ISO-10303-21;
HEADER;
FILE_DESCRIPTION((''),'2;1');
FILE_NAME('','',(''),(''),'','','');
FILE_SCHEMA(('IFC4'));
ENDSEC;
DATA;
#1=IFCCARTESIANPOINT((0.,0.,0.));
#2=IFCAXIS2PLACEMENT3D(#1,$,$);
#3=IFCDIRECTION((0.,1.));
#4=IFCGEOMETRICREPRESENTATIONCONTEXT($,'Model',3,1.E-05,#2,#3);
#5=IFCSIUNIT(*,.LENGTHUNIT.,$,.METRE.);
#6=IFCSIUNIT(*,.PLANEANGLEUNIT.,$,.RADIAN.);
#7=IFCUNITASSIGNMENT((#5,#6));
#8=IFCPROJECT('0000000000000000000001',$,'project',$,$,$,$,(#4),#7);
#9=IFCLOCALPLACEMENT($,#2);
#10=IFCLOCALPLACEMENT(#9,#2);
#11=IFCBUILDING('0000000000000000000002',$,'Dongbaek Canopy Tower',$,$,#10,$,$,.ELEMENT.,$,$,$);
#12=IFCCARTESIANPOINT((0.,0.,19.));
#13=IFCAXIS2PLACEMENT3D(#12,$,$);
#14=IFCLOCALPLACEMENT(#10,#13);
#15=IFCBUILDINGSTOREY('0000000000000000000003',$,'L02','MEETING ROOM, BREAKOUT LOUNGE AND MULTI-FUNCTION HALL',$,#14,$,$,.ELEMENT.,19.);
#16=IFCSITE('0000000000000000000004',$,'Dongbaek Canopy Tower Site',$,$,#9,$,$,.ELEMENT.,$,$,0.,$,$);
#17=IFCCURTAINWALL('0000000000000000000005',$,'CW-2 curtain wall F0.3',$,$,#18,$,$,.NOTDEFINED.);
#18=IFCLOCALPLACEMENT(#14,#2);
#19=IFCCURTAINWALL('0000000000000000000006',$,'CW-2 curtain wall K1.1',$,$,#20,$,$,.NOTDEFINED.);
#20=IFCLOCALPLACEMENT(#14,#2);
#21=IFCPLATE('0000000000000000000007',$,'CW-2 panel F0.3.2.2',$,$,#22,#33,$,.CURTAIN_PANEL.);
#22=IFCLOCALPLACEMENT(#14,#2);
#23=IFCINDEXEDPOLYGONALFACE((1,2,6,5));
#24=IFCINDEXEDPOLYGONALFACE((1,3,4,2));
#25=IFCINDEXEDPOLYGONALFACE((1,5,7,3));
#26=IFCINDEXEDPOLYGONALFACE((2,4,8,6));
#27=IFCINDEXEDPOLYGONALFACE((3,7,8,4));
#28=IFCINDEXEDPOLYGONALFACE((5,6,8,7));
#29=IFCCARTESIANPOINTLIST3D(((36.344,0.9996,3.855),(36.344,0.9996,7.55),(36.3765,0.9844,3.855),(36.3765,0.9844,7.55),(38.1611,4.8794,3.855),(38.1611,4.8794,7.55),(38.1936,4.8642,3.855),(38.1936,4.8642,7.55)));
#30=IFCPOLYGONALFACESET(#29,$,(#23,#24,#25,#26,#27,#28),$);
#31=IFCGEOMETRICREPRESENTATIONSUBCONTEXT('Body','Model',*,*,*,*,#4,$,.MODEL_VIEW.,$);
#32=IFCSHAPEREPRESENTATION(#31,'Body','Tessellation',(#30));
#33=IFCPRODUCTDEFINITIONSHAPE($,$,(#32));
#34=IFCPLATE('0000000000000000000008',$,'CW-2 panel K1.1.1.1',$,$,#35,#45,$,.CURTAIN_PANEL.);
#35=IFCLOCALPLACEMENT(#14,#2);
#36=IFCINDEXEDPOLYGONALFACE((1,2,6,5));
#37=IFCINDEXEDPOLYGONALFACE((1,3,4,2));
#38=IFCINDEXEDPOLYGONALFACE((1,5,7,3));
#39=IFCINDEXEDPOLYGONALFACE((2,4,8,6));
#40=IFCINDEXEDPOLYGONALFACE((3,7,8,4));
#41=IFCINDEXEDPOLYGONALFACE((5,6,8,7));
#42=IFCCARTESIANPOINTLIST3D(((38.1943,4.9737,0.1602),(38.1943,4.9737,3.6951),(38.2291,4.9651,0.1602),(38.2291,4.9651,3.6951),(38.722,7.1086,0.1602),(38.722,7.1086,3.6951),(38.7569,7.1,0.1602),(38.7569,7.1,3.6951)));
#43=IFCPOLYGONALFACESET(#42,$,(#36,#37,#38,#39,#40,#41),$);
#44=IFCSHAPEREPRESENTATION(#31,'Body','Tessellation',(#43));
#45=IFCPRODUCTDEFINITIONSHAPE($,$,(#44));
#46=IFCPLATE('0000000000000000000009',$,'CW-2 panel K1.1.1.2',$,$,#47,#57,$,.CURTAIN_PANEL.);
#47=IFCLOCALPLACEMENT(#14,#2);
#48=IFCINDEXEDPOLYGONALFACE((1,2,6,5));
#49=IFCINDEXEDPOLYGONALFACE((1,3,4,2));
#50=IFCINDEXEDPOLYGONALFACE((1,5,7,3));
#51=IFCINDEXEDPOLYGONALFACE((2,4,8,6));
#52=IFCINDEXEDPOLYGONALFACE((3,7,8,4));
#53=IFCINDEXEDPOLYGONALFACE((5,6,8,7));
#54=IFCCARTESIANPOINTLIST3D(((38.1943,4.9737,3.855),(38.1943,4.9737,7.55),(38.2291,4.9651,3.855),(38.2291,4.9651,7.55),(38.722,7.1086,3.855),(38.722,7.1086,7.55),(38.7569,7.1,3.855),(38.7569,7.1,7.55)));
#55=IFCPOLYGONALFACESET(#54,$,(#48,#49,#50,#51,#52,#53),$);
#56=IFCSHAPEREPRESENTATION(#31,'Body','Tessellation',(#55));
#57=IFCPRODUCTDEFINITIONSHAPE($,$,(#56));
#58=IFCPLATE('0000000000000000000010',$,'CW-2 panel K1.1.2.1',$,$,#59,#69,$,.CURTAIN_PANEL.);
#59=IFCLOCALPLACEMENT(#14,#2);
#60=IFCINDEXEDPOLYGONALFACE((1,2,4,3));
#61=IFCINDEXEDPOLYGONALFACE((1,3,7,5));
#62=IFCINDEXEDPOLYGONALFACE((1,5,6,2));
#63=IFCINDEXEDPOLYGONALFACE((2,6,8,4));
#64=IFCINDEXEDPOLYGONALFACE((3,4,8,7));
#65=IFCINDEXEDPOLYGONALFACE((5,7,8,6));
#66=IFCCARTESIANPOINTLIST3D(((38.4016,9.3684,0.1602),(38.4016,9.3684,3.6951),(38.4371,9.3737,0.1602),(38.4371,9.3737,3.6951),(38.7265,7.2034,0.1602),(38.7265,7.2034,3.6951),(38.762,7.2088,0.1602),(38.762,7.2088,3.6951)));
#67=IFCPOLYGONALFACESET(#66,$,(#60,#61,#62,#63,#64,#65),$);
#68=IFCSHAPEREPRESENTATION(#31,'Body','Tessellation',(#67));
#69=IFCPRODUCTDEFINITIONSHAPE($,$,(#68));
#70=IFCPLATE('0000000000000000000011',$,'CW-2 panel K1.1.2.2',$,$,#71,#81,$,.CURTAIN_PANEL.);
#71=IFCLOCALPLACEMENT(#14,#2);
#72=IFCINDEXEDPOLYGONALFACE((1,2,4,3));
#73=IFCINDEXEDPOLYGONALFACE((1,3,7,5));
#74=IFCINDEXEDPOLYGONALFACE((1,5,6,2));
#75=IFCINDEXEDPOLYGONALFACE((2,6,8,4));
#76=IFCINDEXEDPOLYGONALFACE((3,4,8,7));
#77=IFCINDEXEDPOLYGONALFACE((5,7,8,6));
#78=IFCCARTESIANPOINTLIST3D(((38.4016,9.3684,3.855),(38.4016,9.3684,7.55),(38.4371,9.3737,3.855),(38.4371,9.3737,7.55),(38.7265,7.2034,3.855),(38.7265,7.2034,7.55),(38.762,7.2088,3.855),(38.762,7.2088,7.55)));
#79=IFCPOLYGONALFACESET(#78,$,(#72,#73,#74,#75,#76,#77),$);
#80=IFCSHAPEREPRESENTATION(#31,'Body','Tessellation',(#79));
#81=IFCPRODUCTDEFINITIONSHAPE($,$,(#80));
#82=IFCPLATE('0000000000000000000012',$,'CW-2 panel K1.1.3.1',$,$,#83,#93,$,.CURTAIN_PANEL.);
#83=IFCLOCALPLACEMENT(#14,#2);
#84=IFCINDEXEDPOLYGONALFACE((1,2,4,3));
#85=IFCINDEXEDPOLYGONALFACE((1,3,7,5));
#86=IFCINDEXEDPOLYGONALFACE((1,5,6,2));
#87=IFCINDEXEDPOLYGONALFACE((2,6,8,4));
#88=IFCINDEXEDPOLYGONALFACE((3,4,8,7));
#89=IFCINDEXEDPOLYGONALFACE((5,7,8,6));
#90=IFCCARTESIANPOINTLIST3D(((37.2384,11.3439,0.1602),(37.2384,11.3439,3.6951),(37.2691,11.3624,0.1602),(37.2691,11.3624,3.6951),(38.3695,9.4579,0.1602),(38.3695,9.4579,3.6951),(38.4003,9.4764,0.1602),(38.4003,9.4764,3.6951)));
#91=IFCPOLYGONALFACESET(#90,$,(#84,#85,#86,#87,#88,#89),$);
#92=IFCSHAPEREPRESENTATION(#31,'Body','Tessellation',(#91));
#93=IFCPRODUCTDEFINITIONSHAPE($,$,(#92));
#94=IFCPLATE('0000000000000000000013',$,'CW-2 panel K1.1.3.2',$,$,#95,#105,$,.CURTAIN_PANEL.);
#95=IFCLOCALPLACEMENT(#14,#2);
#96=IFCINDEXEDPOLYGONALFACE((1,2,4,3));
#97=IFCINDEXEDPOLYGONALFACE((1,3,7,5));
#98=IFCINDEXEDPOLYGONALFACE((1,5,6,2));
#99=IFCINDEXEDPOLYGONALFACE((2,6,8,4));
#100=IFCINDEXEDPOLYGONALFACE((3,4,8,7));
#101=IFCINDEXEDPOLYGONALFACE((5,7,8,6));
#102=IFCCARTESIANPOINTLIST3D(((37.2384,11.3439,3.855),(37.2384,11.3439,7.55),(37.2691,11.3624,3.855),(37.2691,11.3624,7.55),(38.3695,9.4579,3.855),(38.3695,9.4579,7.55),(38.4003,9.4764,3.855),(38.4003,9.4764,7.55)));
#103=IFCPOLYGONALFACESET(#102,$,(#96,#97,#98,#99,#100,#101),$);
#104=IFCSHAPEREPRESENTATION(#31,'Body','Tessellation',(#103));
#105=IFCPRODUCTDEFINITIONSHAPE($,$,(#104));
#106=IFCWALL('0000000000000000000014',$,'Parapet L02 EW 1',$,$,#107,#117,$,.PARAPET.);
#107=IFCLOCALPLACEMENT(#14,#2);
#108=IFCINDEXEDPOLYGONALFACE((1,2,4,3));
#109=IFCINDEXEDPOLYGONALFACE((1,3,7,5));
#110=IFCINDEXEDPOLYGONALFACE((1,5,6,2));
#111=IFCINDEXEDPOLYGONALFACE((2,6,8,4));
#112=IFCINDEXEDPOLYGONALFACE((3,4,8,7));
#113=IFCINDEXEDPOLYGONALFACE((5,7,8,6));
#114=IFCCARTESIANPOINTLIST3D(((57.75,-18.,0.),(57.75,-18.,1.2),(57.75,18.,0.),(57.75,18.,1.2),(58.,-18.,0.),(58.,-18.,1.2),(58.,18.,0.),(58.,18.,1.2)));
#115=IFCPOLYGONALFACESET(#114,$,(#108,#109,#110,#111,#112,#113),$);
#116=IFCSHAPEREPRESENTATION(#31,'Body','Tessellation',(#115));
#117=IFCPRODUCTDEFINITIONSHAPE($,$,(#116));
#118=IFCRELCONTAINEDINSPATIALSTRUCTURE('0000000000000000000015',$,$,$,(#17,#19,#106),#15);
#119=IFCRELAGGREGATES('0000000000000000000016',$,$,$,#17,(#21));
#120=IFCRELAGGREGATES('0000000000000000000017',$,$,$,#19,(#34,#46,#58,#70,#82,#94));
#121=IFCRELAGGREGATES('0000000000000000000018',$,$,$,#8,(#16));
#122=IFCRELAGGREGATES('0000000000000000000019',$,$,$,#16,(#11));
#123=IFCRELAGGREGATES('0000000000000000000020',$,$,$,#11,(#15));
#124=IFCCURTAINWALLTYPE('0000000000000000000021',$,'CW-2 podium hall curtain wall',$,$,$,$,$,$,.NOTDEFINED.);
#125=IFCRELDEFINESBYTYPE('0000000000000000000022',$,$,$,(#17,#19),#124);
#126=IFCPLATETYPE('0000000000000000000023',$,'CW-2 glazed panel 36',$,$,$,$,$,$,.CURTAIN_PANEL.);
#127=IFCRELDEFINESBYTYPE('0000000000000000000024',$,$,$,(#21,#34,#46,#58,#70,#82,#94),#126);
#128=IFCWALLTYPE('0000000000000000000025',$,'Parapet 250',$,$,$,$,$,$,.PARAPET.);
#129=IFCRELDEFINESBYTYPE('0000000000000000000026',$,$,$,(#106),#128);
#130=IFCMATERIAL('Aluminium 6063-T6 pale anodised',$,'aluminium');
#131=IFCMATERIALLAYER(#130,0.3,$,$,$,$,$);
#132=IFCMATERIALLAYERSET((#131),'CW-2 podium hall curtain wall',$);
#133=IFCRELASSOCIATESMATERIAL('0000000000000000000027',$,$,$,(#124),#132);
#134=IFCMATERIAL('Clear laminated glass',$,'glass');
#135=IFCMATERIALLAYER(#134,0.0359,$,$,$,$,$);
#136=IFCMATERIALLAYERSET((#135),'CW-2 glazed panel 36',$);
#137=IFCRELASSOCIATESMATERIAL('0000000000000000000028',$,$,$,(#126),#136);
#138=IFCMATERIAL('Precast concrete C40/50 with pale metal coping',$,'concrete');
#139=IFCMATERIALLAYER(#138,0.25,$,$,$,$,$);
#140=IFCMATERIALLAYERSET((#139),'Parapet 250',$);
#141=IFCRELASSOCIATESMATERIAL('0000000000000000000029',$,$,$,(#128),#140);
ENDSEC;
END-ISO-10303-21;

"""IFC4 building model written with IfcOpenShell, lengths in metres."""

from ifc_helpers import new_model, si_unit, direction, frame, frame_2d, origin, origin_2d, place, context, subcontext, project, spatial, rectangle, extrude, material, layer, layer_set, type_object, element, aggregate, save


model = new_model("IFC4")

# Units and contexts
model_context = context("Model", 3, precision=1e-05, world=origin(), true_north=direction((0.0, 1.0)))
body_context = subcontext(model_context, "Body", "Model", "MODEL_VIEW")
ifc_project = project(units=[si_unit("LENGTHUNIT", "METRE"), si_unit("PLANEANGLEUNIT", "RADIAN")], contexts=[model_context])

# Site, building, storey
site_placement = place(None, origin())
site = spatial("IfcSite", under=ifc_project, at=site_placement, Name="Dongbaek Canopy Tower Site", CompositionType="ELEMENT", RefElevation=0.0)
building_placement = place(site_placement, origin())
building = spatial("IfcBuilding", under=site, at=building_placement, Name="Dongbaek Canopy Tower", CompositionType="ELEMENT")
storey_placement = place(building_placement, frame((0.0, 0.0, 19.0)))
storey = spatial("IfcBuildingStorey", under=building, at=storey_placement, Name="L02", Description="MEETING ROOM, BREAKOUT LOUNGE AND MULTI-FUNCTION HALL", CompositionType="ELEMENT", Elevation=19.0)

# Curtain wall
ifc_material_1 = material(Name="Aluminium 6063-T6 pale anodised", Category="aluminium")
ifc_layer_1 = layer(ifc_material_1, 0.3)
ifc_layer_set_1 = layer_set([ifc_layer_1], Name="CW-2 podium hall curtain wall")
curtain_wall_type = type_object("IfcCurtainWallType", Name="CW-2 podium hall curtain wall", PredefinedType="NOTDEFINED", material=ifc_layer_set_1)
curtain_wall_1_placement = place(storey_placement, origin())
curtain_wall_1 = element("IfcCurtainWall", 1, at=curtain_wall_1_placement, inside=storey, type_object=curtain_wall_type, Name="CW-2 curtain wall F0.3", PredefinedType="NOTDEFINED")

# Curtain wall
curtain_wall_2_placement = place(storey_placement, origin())
curtain_wall_2 = element("IfcCurtainWall", 2, at=curtain_wall_2_placement, inside=storey, type_object=curtain_wall_type, Name="CW-2 curtain wall K1.1", PredefinedType="NOTDEFINED")

# Plates
ifc_material_2 = material(Name="Clear laminated glass", Category="glass")
ifc_layer_2 = layer(ifc_material_2, 0.0359)
ifc_layer_set_2 = layer_set([ifc_layer_2], Name="CW-2 glazed panel 36")
plate_type = type_object("IfcPlateType", Name="CW-2 glazed panel 36", PredefinedType="CURTAIN_PANEL", material=ifc_layer_set_2)
plate_1_placement = place(storey_placement, frame((37.2688, 2.9319, 3.855), z_axis=(0.0, 0.0, 1.0), x_axis=(0.424123, 0.905605, 0.0)))
plate_1 = element("IfcPlate", 3, at=plate_1_placement, type_object=plate_type, Name="CW-2 panel F0.3.2.2", PredefinedType="CURTAIN_PANEL", context=body_context, shape_type="SweptSolid", body=[
    extrude(rectangle(XDim=4.2842, YDim=0.0359, at=origin_2d()), origin(), (0.0, 0.0, 1.0), 3.6951),
])
aggregate(curtain_wall_1, [plate_1])
plate_2_placement = place(storey_placement, frame((38.4756, 6.0369, 0.1602), z_axis=(0.0, 0.0, 1.0), x_axis=(0.239978, 0.970778, 0.0)))
plate_2 = element("IfcPlate", 4, at=plate_2_placement, type_object=plate_type, Name="CW-2 panel K1.1.1.1", PredefinedType="CURTAIN_PANEL", context=body_context, shape_type="SweptSolid", body=[
    extrude(rectangle(XDim=2.1992, YDim=0.0359, at=origin_2d()), origin(), (0.0, 0.0, 1.0), 3.5349),
])
plate_3_placement = place(storey_placement, frame((38.4756, 6.0369, 3.855), z_axis=(0.0, 0.0, 1.0), x_axis=(0.239978, 0.970778, 0.0)))
plate_3 = element("IfcPlate", 5, at=plate_3_placement, type_object=plate_type, Name="CW-2 panel K1.1.1.2", PredefinedType="CURTAIN_PANEL", context=body_context, shape_type="SweptSolid", body=[
    extrude(rectangle(XDim=2.1992, YDim=0.0359, at=origin_2d()), origin(), (0.0, 0.0, 1.0), 3.6951),
])
plate_4_placement = place(storey_placement, frame((38.5818, 8.2886, 0.1602), z_axis=(0.0, 0.0, 1.0), x_axis=(-0.148406, 0.988926, 0.0)))
plate_4 = element("IfcPlate", 6, at=plate_4_placement, type_object=plate_type, Name="CW-2 panel K1.1.2.1", PredefinedType="CURTAIN_PANEL", context=body_context, shape_type="SweptSolid", body=[
    extrude(rectangle(XDim=2.1892, YDim=0.0359, at=origin_2d()), origin(), (0.0, 0.0, 1.0), 3.5349),
])
plate_5_placement = place(storey_placement, frame((38.5818, 8.2886, 3.855), z_axis=(0.0, 0.0, 1.0), x_axis=(-0.148406, 0.988926, 0.0)))
plate_5 = element("IfcPlate", 7, at=plate_5_placement, type_object=plate_type, Name="CW-2 panel K1.1.2.2", PredefinedType="CURTAIN_PANEL", context=body_context, shape_type="SweptSolid", body=[
    extrude(rectangle(XDim=2.1892, YDim=0.0359, at=origin_2d()), origin(), (0.0, 0.0, 1.0), 3.6951),
])
plate_6_placement = place(storey_placement, frame((37.8193, 10.4102, 0.1602), z_axis=(0.0, 0.0, 1.0), x_axis=(-0.514356, 0.857576, 0.0)))
plate_6 = element("IfcPlate", 8, at=plate_6_placement, type_object=plate_type, Name="CW-2 panel K1.1.3.1", PredefinedType="CURTAIN_PANEL", context=body_context, shape_type="SweptSolid", body=[
    extrude(rectangle(XDim=2.1992, YDim=0.0359, at=origin_2d()), origin(), (0.0, 0.0, 1.0), 3.5349),
])
plate_7_placement = place(storey_placement, frame((37.8193, 10.4102, 3.855), z_axis=(0.0, 0.0, 1.0), x_axis=(-0.514356, 0.857576, 0.0)))
plate_7 = element("IfcPlate", 9, at=plate_7_placement, type_object=plate_type, Name="CW-2 panel K1.1.3.2", PredefinedType="CURTAIN_PANEL", context=body_context, shape_type="SweptSolid", body=[
    extrude(rectangle(XDim=2.1992, YDim=0.0359, at=origin_2d()), origin(), (0.0, 0.0, 1.0), 3.6951),
])
aggregate(curtain_wall_2, [plate_2, plate_3, plate_4, plate_5, plate_6, plate_7])

# Wall
ifc_material_3 = material(Name="Precast concrete C40/50 with pale metal coping", Category="concrete")
ifc_layer_3 = layer(ifc_material_3, 0.25)
ifc_layer_set_3 = layer_set([ifc_layer_3], Name="Parapet 250")
wall_type = type_object("IfcWallType", Name="Parapet 250", PredefinedType="PARAPET", material=ifc_layer_set_3)
wall_placement = place(storey_placement, frame((57.875, 18.0, 0.0), z_axis=(0.0, 0.0, 1.0), x_axis=(0.0, -1.0, 0.0)))
element("IfcWall", 10, at=wall_placement, inside=storey, type_object=wall_type, Name="Parapet L02 EW 1", PredefinedType="PARAPET", context=body_context, shape_type="SweptSolid", body=[
    extrude(rectangle(XDim=36.0, YDim=0.25, at=frame_2d((18.0, 0.0))), origin(), (0.0, 0.0, 1.0), 1.2),
])

save(model, "model.ifc")
